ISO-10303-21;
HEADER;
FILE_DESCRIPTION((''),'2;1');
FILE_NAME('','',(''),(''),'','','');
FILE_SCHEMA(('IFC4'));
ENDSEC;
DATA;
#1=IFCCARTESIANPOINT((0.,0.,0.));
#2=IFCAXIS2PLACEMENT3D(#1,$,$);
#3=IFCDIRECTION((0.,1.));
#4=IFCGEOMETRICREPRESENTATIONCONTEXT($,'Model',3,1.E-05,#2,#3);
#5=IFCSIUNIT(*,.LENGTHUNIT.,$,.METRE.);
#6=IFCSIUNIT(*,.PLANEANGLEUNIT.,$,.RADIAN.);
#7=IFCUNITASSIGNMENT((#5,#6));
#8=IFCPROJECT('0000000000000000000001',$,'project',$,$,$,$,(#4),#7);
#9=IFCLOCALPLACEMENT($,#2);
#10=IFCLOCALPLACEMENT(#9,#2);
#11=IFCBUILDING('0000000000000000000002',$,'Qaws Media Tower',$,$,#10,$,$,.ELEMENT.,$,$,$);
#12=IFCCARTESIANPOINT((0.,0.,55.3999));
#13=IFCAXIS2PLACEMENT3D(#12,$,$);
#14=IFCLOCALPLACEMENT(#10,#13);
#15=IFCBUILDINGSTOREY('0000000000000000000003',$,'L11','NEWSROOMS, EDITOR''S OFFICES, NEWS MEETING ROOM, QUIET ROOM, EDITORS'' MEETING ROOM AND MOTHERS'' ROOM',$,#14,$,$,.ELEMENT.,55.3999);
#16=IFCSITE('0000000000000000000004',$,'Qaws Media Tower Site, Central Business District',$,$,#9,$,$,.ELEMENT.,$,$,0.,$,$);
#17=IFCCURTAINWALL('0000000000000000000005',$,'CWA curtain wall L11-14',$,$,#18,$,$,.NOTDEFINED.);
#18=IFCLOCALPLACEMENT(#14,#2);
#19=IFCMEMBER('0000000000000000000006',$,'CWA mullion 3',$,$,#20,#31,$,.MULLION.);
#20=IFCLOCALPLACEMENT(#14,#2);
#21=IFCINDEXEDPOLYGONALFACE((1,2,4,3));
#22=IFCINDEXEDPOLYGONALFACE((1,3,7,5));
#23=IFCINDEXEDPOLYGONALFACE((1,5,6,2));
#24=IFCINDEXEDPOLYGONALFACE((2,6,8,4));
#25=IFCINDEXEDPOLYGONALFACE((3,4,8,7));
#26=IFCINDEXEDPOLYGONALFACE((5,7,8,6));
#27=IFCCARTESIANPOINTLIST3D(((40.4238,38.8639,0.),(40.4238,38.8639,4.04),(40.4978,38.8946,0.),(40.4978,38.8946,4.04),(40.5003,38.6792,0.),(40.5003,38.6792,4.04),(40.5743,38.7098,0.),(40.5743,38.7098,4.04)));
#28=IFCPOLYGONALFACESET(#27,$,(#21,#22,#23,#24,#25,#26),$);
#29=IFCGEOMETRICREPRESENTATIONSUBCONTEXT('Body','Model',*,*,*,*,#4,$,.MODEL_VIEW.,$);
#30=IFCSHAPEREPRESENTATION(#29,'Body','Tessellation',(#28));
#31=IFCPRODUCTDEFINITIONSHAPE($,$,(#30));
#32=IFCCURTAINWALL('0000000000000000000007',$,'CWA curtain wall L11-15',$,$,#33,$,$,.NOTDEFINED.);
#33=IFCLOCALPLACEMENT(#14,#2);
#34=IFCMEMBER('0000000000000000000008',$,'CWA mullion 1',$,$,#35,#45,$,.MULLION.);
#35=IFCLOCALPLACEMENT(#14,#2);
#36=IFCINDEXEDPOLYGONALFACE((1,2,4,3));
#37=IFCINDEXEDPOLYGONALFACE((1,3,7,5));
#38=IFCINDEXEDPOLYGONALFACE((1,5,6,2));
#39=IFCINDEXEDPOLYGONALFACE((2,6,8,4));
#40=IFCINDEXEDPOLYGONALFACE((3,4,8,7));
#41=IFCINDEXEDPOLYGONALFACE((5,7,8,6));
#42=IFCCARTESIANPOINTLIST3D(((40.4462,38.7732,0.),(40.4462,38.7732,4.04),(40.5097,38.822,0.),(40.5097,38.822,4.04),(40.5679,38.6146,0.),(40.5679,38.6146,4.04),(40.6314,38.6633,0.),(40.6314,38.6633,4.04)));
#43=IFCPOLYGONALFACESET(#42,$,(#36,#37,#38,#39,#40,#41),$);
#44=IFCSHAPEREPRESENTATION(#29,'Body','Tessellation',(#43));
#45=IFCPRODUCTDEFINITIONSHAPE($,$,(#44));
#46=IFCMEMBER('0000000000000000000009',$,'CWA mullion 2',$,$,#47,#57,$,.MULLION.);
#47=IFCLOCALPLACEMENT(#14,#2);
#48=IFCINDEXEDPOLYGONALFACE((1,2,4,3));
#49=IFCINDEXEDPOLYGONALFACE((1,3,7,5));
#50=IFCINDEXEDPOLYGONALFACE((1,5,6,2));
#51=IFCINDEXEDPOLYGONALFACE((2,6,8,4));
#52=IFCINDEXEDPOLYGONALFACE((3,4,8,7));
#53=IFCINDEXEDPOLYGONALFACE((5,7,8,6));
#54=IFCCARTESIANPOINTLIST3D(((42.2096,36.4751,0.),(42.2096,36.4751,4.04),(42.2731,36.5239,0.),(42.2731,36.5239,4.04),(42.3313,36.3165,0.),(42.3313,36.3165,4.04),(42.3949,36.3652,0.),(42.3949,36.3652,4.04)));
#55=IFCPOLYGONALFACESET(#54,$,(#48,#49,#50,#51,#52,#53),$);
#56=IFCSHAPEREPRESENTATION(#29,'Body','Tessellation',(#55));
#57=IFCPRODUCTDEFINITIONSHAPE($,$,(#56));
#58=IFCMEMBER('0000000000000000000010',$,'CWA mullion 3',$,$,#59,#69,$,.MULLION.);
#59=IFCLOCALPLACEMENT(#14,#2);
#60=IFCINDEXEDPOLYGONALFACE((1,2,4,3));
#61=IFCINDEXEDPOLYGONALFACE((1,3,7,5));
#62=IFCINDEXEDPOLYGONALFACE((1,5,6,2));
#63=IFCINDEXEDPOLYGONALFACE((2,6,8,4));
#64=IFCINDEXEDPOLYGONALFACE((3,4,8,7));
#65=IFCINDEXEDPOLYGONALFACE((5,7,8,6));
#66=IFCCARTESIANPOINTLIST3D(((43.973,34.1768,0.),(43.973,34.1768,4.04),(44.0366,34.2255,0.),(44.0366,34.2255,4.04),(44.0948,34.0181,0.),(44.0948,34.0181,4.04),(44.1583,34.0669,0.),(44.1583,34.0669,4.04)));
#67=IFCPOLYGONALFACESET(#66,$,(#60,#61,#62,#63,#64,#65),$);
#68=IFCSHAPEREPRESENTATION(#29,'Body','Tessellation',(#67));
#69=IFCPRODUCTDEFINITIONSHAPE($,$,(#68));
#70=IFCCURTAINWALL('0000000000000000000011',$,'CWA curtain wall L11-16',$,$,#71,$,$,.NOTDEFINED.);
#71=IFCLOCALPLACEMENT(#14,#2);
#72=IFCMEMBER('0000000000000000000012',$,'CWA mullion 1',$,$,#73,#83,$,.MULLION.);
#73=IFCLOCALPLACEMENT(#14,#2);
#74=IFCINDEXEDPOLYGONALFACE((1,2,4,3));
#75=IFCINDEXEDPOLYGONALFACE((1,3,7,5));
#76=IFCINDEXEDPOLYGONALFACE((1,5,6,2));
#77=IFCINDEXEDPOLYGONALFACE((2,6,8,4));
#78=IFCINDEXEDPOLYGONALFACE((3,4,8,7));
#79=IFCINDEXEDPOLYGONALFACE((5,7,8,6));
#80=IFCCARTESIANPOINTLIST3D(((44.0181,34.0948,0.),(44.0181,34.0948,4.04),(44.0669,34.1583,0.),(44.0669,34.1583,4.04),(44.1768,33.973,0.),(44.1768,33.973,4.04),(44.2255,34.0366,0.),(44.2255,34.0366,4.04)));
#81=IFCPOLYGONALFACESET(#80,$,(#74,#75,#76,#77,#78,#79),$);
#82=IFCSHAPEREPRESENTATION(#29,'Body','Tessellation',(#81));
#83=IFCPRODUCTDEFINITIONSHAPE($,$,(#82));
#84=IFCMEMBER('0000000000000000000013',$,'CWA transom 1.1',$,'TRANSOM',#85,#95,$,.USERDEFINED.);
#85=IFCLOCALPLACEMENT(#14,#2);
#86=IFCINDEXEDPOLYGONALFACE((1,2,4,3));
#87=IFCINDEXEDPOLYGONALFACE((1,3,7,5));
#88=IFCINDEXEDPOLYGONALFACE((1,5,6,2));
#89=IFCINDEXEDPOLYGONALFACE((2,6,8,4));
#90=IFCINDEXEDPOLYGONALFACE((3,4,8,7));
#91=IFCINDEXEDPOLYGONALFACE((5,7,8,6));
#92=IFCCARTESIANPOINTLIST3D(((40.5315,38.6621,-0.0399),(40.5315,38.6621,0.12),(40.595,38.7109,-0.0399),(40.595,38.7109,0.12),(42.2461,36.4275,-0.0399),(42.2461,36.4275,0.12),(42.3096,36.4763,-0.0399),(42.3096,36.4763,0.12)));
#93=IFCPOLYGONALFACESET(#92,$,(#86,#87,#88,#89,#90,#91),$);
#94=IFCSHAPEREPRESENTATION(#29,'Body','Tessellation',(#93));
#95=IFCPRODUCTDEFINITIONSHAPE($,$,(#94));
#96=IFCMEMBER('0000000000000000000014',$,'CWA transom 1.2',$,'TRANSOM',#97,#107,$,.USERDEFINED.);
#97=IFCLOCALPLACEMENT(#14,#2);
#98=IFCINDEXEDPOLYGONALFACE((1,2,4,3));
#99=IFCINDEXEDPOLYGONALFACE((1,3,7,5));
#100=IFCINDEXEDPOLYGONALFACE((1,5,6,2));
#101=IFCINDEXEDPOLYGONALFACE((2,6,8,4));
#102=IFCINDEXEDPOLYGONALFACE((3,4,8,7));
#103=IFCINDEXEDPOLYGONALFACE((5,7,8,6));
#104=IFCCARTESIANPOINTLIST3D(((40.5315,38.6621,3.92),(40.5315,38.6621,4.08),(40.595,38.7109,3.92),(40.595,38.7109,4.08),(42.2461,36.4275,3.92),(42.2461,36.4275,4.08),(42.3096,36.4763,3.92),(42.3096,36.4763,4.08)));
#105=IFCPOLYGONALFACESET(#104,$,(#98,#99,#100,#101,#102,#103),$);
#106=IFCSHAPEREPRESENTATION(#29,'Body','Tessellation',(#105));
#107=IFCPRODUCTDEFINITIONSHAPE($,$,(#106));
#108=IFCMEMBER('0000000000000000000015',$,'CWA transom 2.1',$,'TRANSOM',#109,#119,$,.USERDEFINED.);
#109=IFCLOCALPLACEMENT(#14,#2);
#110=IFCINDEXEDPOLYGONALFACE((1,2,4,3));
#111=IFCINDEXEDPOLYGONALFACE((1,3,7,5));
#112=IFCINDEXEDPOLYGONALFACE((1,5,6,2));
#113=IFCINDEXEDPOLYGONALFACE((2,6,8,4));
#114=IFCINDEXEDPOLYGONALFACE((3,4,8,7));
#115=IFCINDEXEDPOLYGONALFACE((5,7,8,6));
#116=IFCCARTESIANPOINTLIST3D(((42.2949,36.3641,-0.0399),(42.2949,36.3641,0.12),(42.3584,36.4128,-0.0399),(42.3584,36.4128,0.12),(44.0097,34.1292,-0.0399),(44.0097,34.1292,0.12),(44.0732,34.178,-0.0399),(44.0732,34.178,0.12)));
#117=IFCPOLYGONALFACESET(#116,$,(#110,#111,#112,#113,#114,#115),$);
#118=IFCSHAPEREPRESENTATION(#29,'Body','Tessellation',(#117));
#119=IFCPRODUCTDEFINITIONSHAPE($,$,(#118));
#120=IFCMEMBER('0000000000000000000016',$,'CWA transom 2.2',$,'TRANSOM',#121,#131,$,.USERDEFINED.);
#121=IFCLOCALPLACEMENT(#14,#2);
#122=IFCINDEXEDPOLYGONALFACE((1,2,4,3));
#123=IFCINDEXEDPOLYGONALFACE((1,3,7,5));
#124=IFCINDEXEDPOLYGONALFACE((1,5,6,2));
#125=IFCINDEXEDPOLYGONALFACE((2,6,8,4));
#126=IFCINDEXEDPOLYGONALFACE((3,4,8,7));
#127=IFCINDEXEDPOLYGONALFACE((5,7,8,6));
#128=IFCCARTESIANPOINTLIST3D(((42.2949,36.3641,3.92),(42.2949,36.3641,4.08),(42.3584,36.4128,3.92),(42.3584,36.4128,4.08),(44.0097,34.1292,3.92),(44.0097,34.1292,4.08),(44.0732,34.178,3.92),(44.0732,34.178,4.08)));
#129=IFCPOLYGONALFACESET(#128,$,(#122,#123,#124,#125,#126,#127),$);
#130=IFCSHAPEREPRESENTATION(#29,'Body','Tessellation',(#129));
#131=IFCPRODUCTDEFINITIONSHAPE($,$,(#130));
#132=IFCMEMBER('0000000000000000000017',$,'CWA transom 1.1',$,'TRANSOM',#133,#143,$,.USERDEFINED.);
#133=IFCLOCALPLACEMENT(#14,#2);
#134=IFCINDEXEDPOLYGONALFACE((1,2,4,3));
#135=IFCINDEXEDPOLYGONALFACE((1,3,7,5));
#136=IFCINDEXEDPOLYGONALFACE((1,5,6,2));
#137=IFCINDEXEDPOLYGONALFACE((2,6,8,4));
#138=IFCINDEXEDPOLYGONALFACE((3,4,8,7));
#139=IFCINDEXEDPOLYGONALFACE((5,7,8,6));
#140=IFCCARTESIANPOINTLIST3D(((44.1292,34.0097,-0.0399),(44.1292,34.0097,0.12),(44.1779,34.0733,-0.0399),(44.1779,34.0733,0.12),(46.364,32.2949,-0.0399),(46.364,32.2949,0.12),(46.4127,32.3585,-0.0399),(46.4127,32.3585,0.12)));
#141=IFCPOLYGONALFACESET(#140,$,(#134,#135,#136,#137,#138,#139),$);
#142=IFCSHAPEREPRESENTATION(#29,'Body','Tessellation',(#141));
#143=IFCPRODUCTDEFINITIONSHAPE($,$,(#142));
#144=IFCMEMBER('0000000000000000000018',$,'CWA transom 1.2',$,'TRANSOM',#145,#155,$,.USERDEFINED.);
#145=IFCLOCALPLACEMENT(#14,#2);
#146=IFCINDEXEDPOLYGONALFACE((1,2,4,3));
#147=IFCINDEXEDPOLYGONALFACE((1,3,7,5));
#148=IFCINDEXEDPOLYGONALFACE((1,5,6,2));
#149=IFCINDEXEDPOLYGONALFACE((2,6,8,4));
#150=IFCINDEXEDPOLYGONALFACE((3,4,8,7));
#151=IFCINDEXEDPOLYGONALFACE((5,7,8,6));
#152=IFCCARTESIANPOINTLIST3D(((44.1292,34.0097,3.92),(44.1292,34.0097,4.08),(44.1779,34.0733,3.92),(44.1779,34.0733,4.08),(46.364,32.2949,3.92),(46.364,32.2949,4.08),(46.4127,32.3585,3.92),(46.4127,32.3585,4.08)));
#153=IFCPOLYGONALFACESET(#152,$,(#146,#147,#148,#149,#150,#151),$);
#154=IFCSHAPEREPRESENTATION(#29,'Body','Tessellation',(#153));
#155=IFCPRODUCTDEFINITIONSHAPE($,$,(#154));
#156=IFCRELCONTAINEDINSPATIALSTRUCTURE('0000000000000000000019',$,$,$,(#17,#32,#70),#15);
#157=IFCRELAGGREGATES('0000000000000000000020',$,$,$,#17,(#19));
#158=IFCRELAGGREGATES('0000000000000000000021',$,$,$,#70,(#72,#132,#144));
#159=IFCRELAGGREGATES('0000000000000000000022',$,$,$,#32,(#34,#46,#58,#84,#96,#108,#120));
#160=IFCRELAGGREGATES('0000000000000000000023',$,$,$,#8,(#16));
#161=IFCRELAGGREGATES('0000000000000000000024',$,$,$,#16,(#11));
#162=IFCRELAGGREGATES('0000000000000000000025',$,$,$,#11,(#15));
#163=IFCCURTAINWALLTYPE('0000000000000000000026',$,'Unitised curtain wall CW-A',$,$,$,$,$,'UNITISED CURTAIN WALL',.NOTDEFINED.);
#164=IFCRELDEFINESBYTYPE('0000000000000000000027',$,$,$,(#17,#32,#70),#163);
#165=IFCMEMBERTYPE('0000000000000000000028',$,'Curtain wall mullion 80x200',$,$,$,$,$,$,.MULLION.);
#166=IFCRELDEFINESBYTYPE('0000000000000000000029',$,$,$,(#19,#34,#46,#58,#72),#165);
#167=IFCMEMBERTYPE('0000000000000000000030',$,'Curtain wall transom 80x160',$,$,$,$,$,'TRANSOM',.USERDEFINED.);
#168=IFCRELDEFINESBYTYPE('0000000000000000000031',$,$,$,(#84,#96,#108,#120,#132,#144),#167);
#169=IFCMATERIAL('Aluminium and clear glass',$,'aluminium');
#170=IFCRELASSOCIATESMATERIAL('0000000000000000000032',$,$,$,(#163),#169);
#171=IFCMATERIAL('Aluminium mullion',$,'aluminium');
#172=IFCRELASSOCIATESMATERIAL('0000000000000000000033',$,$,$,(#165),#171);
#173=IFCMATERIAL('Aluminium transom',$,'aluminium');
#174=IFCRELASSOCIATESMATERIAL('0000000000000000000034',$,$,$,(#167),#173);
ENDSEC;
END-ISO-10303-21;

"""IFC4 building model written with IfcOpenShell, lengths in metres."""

from ifc_helpers import new_model, si_unit, direction, frame, origin, origin_2d, place, context, subcontext, project, spatial, rectangle, extrude, material, material_profile, profile_set, type_object, element, aggregate, save


model = new_model("IFC4")

# Units and contexts
model_context = context("Model", 3, precision=1e-05, world=origin(), true_north=direction((0.0, 1.0)))
body_context = subcontext(model_context, "Body", "Model", "MODEL_VIEW")
ifc_project = project(units=[si_unit("LENGTHUNIT", "METRE"), si_unit("PLANEANGLEUNIT", "RADIAN")], contexts=[model_context])

# Site, building, storey
site_placement = place(None, origin())
site = spatial("IfcSite", under=ifc_project, at=site_placement, Name="Qaws Media Tower Site, Central Business District", CompositionType="ELEMENT", RefElevation=0.0)
building_placement = place(site_placement, origin())
building = spatial("IfcBuilding", under=site, at=building_placement, Name="Qaws Media Tower", CompositionType="ELEMENT")
storey_placement = place(building_placement, frame((0.0, 0.0, 55.3999)))
storey = spatial("IfcBuildingStorey", under=building, at=storey_placement, Name="L11", Description="NEWSROOMS, EDITOR'S OFFICES, NEWS MEETING ROOM, QUIET ROOM, EDITORS' MEETING ROOM AND MOTHERS' ROOM", CompositionType="ELEMENT", Elevation=55.3999)

# Curtain wall, member
ifc_material_1 = material(Name="Aluminium and clear glass", Category="aluminium")
curtain_wall_type = type_object("IfcCurtainWallType", Name="Unitised curtain wall CW-A", ElementType="UNITISED CURTAIN WALL", PredefinedType="NOTDEFINED", material=ifc_material_1)
curtain_wall_1_placement = place(storey_placement, origin())
curtain_wall_1 = element("IfcCurtainWall", 1, at=curtain_wall_1_placement, inside=storey, type_object=curtain_wall_type, Name="CWA curtain wall L11-14", PredefinedType="NOTDEFINED")
ifc_material_2 = material(Name="Aluminium mullion", Category="aluminium")
ifc_material_profile_1 = material_profile(ifc_material_2, rectangle(XDim=0.0801, YDim=0.2, at=origin_2d()), Name="80x200")
ifc_profile_set_1 = profile_set([ifc_material_profile_1], Name="Aluminium mullion")
member_type_1 = type_object("IfcMemberType", Name="Curtain wall mullion 80x200", PredefinedType="MULLION", material=ifc_profile_set_1)
member_1_placement = place(storey_placement, frame((40.499, 38.7869, 0.0), z_axis=(0.0, 0.0, 1.0), x_axis=(0.92388, 0.382683, 0.0)))
member_1 = element("IfcMember", 2, at=member_1_placement, type_object=member_type_1, Name="CWA mullion 3", PredefinedType="MULLION", context=body_context, shape_type="SweptSolid", body=[
    extrude(rectangle(XDim=0.0801, YDim=0.2, at=origin_2d()), origin(), (0.0, 0.0, 1.0), 4.04),
])
aggregate(curtain_wall_1, [member_1])

# Curtain wall, members
curtain_wall_2_placement = place(storey_placement, origin())
curtain_wall_2 = element("IfcCurtainWall", 3, at=curtain_wall_2_placement, inside=storey, type_object=curtain_wall_type, Name="CWA curtain wall L11-15", PredefinedType="NOTDEFINED")
member_2_placement = place(storey_placement, frame((40.5388, 38.7183, 0.0), z_axis=(0.0, 0.0, 1.0), x_axis=(0.793353, 0.608761, 0.0)))
member_2 = element("IfcMember", 4, at=member_2_placement, type_object=member_type_1, Name="CWA mullion 1", PredefinedType="MULLION", context=body_context, shape_type="SweptSolid", body=[
    extrude(rectangle(XDim=0.0801, YDim=0.2, at=origin_2d()), origin(), (0.0, 0.0, 1.0), 4.04),
])
member_3_placement = place(storey_placement, frame((42.3022, 36.4202, 0.0), z_axis=(0.0, 0.0, 1.0), x_axis=(0.793353, 0.608761, 0.0)))
member_3 = element("IfcMember", 5, at=member_3_placement, type_object=member_type_1, Name="CWA mullion 2", PredefinedType="MULLION", context=body_context, shape_type="SweptSolid", body=[
    extrude(rectangle(XDim=0.0801, YDim=0.2, at=origin_2d()), origin(), (0.0, 0.0, 1.0), 4.04),
])
member_4_placement = place(storey_placement, frame((44.0657, 34.1218, 0.0), z_axis=(0.0, 0.0, 1.0), x_axis=(0.793353, 0.608761, 0.0)))
member_4 = element("IfcMember", 6, at=member_4_placement, type_object=member_type_1, Name="CWA mullion 3", PredefinedType="MULLION", context=body_context, shape_type="SweptSolid", body=[
    extrude(rectangle(XDim=0.0801, YDim=0.2, at=origin_2d()), origin(), (0.0, 0.0, 1.0), 4.04),
])

# Curtain wall, member
curtain_wall_3_placement = place(storey_placement, origin())
curtain_wall_3 = element("IfcCurtainWall", 7, at=curtain_wall_3_placement, inside=storey, type_object=curtain_wall_type, Name="CWA curtain wall L11-16", PredefinedType="NOTDEFINED")
member_5_placement = place(storey_placement, frame((44.1218, 34.0657, 0.0), z_axis=(0.0, 0.0, 1.0), x_axis=(0.608761, 0.793353, 0.0)))
member_5 = element("IfcMember", 8, at=member_5_placement, type_object=member_type_1, Name="CWA mullion 1", PredefinedType="MULLION", context=body_context, shape_type="SweptSolid", body=[
    extrude(rectangle(XDim=0.0801, YDim=0.2, at=origin_2d()), origin(), (0.0, 0.0, 1.0), 4.04),
])

# Members
ifc_material_3 = material(Name="Aluminium transom", Category="aluminium")
ifc_material_profile_2 = material_profile(ifc_material_3, rectangle(XDim=0.0801, YDim=0.1599, at=origin_2d()), Name="80x160")
ifc_profile_set_2 = profile_set([ifc_material_profile_2], Name="Aluminium transom")
member_type_2 = type_object("IfcMemberType", Name="Curtain wall transom 80x160", ElementType="TRANSOM", PredefinedType="USERDEFINED", material=ifc_profile_set_2)
member_6_placement = place(storey_placement, frame((40.5632, 38.6865, 0.04), z_axis=(0.608743, -0.793368, 0.0), x_axis=(0.793368, 0.608743, 0.0)))
member_6 = element("IfcMember", 9, at=member_6_placement, type_object=member_type_2, Name="CWA transom 1.1", ObjectType="TRANSOM", PredefinedType="USERDEFINED", context=body_context, shape_type="SweptSolid", body=[
    extrude(rectangle(XDim=0.0801, YDim=0.1599, at=origin_2d()), origin(), (0.0, 0.0, 1.0), 2.8167),
])
member_7_placement = place(storey_placement, frame((40.5632, 38.6865, 4.0), z_axis=(0.608743, -0.793368, 0.0), x_axis=(0.793368, 0.608743, 0.0)))
member_7 = element("IfcMember", 10, at=member_7_placement, type_object=member_type_2, Name="CWA transom 1.2", ObjectType="TRANSOM", PredefinedType="USERDEFINED", context=body_context, shape_type="SweptSolid", body=[
    extrude(rectangle(XDim=0.0801, YDim=0.1599, at=origin_2d()), origin(), (0.0, 0.0, 1.0), 2.8167),
])
member_8_placement = place(storey_placement, frame((42.3267, 36.3884, 0.04), z_axis=(0.608755, -0.793358, 0.0), x_axis=(0.793358, 0.608755, 0.0)))
member_8 = element("IfcMember", 11, at=member_8_placement, type_object=member_type_2, Name="CWA transom 2.1", ObjectType="TRANSOM", PredefinedType="USERDEFINED", context=body_context, shape_type="SweptSolid", body=[
    extrude(rectangle(XDim=0.0801, YDim=0.1599, at=origin_2d()), origin(), (0.0, 0.0, 1.0), 2.8169),
])
member_9_placement = place(storey_placement, frame((42.3267, 36.3884, 4.0), z_axis=(0.608755, -0.793358, 0.0), x_axis=(0.793358, 0.608755, 0.0)))
member_9 = element("IfcMember", 12, at=member_9_placement, type_object=member_type_2, Name="CWA transom 2.2", ObjectType="TRANSOM", PredefinedType="USERDEFINED", context=body_context, shape_type="SweptSolid", body=[
    extrude(rectangle(XDim=0.0801, YDim=0.1599, at=origin_2d()), origin(), (0.0, 0.0, 1.0), 2.8169),
])
member_10_placement = place(storey_placement, frame((44.1536, 34.0415, 0.04), z_axis=(0.793358, -0.608755, 0.0), x_axis=(0.608755, 0.793358, 0.0)))
member_10 = element("IfcMember", 13, at=member_10_placement, type_object=member_type_2, Name="CWA transom 1.1", ObjectType="TRANSOM", PredefinedType="USERDEFINED", context=body_context, shape_type="SweptSolid", body=[
    extrude(rectangle(XDim=0.0801, YDim=0.1599, at=origin_2d()), origin(), (0.0, 0.0, 1.0), 2.8169),
])
member_11_placement = place(storey_placement, frame((44.1536, 34.0415, 4.0), z_axis=(0.793358, -0.608755, 0.0), x_axis=(0.608755, 0.793358, 0.0)))
member_11 = element("IfcMember", 14, at=member_11_placement, type_object=member_type_2, Name="CWA transom 1.2", ObjectType="TRANSOM", PredefinedType="USERDEFINED", context=body_context, shape_type="SweptSolid", body=[
    extrude(rectangle(XDim=0.0801, YDim=0.1599, at=origin_2d()), origin(), (0.0, 0.0, 1.0), 2.8169),
])
aggregate(curtain_wall_3, [member_5, member_10, member_11])

aggregate(curtain_wall_2, [member_2, member_3, member_4, member_6, member_7, member_8, member_9])

save(model, "model.ifc")
